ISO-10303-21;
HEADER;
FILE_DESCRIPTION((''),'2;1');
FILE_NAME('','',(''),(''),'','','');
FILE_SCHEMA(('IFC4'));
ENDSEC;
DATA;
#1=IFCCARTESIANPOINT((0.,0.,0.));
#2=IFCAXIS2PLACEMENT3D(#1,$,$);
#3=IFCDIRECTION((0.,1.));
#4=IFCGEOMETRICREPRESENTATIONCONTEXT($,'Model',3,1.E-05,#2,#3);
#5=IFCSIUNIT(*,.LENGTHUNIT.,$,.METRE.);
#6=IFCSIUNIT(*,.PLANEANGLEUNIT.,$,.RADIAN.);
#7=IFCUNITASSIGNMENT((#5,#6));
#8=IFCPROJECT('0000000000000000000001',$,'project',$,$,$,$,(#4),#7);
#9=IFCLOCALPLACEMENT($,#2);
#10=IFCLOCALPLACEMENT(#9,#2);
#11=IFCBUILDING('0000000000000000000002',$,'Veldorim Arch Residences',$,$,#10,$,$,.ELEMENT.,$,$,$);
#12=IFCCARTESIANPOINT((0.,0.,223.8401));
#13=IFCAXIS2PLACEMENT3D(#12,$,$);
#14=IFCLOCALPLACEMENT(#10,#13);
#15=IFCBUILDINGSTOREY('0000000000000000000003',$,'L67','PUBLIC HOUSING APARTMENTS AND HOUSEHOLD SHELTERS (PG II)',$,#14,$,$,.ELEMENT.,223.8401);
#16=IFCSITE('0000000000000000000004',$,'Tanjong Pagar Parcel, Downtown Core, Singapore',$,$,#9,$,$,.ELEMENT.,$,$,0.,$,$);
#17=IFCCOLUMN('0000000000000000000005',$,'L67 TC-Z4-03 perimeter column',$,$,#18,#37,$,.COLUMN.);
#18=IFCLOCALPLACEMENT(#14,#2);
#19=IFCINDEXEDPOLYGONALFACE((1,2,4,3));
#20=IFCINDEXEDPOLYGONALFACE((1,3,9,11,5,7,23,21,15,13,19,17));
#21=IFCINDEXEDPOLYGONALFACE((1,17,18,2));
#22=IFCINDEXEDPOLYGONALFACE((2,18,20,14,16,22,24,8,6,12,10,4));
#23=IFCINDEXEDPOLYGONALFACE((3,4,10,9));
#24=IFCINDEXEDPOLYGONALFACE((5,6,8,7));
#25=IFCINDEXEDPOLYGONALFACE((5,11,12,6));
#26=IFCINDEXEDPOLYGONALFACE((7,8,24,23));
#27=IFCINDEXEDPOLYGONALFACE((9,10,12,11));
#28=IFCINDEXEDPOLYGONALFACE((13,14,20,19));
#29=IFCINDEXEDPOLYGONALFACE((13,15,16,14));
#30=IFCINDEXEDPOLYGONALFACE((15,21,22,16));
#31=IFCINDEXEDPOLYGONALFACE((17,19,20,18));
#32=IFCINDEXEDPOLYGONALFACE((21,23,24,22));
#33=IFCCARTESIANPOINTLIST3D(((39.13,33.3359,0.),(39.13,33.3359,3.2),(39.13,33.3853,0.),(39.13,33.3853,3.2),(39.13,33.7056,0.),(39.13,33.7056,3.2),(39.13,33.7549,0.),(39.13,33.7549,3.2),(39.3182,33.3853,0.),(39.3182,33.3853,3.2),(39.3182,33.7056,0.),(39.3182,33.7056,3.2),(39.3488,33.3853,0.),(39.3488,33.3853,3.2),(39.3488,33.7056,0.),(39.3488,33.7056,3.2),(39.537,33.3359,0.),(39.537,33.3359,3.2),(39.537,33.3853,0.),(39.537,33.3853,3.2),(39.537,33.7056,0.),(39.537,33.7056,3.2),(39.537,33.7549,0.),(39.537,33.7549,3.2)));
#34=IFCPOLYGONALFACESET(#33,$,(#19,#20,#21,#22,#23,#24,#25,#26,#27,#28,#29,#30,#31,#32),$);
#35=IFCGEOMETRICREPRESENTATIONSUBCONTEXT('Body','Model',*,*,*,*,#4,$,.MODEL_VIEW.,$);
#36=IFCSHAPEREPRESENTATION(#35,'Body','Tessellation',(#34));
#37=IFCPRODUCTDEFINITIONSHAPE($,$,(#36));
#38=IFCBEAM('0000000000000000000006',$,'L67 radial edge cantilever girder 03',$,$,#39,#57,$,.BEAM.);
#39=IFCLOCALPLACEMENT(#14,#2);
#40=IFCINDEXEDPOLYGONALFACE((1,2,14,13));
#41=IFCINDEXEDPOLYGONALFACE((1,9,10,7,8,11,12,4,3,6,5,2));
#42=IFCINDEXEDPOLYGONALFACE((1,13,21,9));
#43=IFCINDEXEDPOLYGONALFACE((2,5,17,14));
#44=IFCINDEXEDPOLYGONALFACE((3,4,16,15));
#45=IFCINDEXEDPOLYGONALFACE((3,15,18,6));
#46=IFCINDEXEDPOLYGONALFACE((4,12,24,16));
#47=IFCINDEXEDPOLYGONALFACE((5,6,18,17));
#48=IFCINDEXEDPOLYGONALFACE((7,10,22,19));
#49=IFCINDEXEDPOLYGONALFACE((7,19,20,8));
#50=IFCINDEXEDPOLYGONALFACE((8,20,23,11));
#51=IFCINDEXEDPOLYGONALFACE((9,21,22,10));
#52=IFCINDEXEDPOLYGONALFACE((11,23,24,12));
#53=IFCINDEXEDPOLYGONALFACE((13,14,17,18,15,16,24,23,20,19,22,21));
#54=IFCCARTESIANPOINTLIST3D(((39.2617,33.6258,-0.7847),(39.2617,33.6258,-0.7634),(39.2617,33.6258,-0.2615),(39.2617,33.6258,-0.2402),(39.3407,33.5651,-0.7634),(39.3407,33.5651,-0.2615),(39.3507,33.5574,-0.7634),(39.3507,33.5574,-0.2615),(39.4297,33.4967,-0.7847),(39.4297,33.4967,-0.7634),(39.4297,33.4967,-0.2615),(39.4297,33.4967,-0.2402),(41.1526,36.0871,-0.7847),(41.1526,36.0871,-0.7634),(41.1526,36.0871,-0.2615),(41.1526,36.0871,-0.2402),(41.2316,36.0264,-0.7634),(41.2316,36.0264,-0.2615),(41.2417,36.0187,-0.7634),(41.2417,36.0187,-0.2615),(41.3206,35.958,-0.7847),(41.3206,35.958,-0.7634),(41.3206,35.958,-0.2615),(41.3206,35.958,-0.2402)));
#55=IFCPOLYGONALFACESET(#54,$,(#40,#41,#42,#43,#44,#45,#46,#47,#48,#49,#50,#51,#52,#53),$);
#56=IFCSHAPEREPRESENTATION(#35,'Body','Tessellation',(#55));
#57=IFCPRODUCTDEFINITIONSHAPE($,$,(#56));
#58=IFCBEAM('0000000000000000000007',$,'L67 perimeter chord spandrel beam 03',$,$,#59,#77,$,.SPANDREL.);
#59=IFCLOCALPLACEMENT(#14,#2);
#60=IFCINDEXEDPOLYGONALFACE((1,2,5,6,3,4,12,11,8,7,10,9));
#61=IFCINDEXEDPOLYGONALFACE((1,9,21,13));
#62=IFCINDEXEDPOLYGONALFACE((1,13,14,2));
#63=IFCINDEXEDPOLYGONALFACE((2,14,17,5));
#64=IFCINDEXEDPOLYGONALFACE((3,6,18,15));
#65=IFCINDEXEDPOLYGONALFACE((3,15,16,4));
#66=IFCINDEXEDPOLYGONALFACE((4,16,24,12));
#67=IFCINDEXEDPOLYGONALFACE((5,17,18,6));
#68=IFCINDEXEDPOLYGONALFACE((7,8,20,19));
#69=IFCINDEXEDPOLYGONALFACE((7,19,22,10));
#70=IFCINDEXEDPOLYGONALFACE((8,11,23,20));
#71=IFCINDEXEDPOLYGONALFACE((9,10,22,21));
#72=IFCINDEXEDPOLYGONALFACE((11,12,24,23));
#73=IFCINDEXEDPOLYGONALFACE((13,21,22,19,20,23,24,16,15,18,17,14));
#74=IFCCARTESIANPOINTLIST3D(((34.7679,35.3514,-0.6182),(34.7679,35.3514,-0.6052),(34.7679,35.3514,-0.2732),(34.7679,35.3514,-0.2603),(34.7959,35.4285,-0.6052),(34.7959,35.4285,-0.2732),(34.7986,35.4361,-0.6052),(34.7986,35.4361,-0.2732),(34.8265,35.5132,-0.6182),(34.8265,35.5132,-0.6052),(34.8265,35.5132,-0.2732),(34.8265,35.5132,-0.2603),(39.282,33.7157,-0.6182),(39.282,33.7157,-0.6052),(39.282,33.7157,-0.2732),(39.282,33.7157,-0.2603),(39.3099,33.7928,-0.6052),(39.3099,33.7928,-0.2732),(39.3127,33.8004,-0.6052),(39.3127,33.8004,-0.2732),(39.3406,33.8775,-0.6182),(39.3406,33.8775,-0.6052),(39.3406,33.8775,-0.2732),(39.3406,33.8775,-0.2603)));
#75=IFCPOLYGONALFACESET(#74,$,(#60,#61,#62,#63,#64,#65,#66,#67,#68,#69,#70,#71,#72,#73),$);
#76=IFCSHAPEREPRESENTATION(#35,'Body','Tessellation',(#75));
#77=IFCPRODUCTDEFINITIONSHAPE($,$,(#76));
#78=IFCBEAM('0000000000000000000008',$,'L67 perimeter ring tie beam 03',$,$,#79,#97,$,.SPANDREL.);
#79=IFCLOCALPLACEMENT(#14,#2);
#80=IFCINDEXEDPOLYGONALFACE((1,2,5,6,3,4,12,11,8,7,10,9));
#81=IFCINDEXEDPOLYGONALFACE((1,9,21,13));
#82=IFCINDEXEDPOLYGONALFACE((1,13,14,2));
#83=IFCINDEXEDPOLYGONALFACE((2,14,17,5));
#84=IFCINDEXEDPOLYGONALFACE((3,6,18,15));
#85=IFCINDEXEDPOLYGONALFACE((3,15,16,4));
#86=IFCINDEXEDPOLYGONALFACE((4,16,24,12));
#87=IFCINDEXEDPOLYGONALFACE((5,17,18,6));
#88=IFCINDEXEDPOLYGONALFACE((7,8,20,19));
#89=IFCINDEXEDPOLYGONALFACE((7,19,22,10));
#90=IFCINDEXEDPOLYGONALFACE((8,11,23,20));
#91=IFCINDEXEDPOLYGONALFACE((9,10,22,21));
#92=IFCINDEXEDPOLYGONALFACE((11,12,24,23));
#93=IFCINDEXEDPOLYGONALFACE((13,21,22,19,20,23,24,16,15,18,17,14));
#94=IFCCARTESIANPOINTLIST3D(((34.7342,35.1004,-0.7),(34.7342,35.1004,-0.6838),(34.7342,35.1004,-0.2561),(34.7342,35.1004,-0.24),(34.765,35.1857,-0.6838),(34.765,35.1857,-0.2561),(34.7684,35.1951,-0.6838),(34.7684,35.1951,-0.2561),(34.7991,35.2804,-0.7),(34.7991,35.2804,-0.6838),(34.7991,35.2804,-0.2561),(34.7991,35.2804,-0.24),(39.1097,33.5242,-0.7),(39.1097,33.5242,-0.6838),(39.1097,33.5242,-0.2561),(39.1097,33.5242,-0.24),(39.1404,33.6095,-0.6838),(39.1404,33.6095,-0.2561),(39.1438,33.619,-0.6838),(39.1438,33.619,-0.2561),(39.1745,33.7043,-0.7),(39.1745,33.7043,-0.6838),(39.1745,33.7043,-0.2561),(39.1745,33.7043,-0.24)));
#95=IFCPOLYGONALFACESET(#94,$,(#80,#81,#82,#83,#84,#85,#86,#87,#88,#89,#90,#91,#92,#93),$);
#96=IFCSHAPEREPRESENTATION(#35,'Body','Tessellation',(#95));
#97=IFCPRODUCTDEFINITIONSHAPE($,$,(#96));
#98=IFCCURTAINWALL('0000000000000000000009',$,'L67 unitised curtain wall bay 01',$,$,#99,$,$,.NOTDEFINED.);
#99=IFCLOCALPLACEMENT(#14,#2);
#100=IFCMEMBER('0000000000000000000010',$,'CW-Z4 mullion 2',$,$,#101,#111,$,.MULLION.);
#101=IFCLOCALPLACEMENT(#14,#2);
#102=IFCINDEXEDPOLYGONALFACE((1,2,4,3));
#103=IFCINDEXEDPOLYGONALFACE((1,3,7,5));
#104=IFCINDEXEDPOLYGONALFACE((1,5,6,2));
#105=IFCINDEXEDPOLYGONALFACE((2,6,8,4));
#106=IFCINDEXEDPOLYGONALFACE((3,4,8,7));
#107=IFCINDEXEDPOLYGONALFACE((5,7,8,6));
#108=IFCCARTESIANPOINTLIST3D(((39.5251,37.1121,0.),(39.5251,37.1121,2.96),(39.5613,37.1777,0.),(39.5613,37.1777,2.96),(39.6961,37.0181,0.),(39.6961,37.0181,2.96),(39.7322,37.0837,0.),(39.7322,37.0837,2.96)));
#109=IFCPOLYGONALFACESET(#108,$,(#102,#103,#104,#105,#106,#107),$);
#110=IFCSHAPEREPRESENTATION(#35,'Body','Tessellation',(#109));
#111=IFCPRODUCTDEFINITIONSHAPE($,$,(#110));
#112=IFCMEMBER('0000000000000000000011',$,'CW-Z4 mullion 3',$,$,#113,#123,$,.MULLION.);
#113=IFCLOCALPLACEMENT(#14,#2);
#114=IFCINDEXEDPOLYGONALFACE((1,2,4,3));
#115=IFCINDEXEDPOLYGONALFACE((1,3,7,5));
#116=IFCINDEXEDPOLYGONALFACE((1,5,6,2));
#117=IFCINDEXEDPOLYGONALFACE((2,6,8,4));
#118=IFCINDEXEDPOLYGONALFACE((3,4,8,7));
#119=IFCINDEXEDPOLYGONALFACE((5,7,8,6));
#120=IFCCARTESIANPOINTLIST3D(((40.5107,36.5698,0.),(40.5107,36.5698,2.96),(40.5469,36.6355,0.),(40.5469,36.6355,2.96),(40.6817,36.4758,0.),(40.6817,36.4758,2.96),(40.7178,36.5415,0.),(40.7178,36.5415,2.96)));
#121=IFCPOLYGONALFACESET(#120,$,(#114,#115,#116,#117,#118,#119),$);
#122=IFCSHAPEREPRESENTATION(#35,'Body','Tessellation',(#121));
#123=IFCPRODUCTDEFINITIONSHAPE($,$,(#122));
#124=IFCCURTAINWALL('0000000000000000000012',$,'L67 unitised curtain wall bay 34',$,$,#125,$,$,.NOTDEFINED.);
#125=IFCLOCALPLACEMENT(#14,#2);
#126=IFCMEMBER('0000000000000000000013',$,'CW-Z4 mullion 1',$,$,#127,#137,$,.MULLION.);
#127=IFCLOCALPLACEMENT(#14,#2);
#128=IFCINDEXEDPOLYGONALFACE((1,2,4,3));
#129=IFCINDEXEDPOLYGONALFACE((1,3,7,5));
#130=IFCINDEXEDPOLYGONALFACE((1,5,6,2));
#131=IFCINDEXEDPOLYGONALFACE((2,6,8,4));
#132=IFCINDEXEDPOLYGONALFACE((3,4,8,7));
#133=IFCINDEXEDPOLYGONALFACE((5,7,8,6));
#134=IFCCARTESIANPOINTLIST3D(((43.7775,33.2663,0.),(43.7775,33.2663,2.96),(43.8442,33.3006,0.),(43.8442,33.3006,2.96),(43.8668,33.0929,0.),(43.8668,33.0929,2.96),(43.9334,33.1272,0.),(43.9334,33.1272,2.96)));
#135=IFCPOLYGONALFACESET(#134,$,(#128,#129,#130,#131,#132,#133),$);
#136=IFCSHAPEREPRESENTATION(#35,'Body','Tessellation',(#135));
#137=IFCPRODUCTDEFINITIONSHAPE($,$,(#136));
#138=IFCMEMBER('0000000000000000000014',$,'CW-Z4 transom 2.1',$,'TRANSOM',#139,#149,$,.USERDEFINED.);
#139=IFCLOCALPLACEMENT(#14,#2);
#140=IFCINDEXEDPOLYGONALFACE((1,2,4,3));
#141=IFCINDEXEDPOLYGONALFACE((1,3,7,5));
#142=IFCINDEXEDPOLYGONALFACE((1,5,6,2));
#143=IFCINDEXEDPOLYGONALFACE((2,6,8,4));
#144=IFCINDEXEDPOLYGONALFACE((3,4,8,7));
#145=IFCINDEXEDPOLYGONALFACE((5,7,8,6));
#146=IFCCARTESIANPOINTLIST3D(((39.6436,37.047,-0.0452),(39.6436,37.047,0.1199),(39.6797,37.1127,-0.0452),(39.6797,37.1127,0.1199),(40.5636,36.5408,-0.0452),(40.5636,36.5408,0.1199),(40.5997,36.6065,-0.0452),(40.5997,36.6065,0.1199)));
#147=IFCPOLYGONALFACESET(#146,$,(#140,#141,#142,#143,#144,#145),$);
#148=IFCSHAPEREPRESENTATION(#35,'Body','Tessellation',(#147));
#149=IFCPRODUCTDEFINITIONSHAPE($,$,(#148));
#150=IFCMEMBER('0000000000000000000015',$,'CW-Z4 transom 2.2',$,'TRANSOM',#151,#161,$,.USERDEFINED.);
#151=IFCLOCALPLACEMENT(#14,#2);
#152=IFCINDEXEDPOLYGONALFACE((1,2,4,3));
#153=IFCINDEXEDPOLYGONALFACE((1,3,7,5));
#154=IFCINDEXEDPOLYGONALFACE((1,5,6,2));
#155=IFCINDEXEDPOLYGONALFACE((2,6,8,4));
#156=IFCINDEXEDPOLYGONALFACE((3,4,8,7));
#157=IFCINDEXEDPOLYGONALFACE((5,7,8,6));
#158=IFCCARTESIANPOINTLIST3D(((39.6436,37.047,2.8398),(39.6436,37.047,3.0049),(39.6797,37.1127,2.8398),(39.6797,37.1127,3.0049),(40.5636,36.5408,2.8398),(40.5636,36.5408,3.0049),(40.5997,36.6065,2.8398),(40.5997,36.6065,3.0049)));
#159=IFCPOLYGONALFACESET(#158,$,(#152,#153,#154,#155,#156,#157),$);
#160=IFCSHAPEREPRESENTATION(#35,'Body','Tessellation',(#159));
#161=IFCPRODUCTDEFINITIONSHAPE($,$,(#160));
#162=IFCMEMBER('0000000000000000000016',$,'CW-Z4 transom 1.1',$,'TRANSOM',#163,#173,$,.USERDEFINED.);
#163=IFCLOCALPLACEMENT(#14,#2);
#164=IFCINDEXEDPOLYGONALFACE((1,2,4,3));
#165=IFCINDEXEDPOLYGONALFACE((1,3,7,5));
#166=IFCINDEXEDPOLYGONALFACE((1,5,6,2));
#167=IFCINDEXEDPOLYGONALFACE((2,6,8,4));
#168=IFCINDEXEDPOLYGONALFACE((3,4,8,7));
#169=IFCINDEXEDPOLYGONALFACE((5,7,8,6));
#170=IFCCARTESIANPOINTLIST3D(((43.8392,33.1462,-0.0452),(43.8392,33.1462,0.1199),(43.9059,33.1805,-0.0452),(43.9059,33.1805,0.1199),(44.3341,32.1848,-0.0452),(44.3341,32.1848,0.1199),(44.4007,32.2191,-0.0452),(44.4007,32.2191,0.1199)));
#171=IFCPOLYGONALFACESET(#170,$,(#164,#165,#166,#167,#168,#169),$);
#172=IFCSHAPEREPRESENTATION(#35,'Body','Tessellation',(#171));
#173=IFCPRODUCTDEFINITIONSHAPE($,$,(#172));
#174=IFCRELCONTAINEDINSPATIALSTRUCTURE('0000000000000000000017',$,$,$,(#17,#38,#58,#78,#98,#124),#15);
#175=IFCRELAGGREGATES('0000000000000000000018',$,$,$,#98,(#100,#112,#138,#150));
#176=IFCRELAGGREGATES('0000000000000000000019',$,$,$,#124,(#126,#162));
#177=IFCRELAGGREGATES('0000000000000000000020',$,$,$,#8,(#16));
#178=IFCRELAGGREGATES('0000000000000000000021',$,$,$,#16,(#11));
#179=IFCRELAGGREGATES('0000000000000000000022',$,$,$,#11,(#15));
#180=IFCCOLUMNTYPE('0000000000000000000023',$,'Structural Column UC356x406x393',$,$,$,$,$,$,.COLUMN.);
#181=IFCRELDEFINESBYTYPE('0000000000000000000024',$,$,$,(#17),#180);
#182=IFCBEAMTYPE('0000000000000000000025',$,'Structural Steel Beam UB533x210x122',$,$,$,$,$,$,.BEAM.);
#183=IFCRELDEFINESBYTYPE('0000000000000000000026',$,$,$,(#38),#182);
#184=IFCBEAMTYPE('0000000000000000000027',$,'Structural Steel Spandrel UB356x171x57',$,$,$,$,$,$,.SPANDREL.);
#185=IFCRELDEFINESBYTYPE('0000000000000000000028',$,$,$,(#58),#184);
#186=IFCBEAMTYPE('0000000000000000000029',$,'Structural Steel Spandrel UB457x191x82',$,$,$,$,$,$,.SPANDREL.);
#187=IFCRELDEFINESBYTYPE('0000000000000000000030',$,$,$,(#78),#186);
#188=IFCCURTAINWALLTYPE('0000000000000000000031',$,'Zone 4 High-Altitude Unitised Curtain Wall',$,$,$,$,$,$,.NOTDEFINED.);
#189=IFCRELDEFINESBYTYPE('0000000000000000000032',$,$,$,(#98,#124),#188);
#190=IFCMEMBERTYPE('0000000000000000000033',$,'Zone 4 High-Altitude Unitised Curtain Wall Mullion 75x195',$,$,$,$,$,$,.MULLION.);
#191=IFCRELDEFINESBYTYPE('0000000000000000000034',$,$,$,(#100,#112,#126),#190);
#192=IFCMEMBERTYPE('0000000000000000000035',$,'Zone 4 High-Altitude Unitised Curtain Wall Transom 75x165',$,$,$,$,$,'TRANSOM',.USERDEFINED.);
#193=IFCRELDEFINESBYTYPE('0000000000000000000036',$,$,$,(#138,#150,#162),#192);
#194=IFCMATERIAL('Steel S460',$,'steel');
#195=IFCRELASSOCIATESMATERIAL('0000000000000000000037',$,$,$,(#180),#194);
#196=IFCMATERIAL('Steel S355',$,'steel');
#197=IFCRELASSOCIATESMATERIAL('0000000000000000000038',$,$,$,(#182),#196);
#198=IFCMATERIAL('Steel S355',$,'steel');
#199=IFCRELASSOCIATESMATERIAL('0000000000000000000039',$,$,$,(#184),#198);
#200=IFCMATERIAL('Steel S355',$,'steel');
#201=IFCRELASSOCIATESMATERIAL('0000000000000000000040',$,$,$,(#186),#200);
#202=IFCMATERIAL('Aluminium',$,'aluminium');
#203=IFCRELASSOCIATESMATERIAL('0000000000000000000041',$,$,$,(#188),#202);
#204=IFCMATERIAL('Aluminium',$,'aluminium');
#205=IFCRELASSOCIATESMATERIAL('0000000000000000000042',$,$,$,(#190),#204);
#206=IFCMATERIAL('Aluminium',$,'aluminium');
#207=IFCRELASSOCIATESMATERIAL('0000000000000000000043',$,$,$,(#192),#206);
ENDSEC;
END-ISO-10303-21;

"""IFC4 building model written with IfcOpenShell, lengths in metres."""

from ifc_helpers import new_model, si_unit, direction, frame, origin, origin_2d, place, context, subcontext, project, spatial, rectangle, i_section, extrude, material, material_profile, profile_set, type_object, element, aggregate, save


model = new_model("IFC4")

# Units and contexts
model_context = context("Model", 3, precision=1e-05, world=origin(), true_north=direction((0.0, 1.0)))
body_context = subcontext(model_context, "Body", "Model", "MODEL_VIEW")
ifc_project = project(units=[si_unit("LENGTHUNIT", "METRE"), si_unit("PLANEANGLEUNIT", "RADIAN")], contexts=[model_context])

# Site, building, storey
site_placement = place(None, origin())
site = spatial("IfcSite", under=ifc_project, at=site_placement, Name="Tanjong Pagar Parcel, Downtown Core, Singapore", CompositionType="ELEMENT", RefElevation=0.0)
building_placement = place(site_placement, origin())
building = spatial("IfcBuilding", under=site, at=building_placement, Name="Veldorim Arch Residences", CompositionType="ELEMENT")
storey_placement = place(building_placement, frame((0.0, 0.0, 223.8401)))
storey = spatial("IfcBuildingStorey", under=building, at=storey_placement, Name="L67", Description="PUBLIC HOUSING APARTMENTS AND HOUSEHOLD SHELTERS (PG II)", CompositionType="ELEMENT", Elevation=223.8401)

# Column
ifc_material_1 = material(Name="Steel S460", Category="steel")
ifc_material_profile_1 = material_profile(ifc_material_1, i_section(OverallWidth=0.407, OverallDepth=0.4189, WebThickness=0.0305, FlangeThickness=0.0493, at=origin_2d()), Name="UC356x406x393")
ifc_profile_set_1 = profile_set([ifc_material_profile_1], Name="Steel S460")
column_type = type_object("IfcColumnType", Name="Structural Column UC356x406x393", PredefinedType="COLUMN", material=ifc_profile_set_1)
column_placement = place(storey_placement, frame((39.3335, 33.5454, 0.0), z_axis=(0.0, 0.0, 1.0), x_axis=(1.0, 0.0, 0.0)))
element("IfcColumn", 1, at=column_placement, inside=storey, type_object=column_type, Name="L67 TC-Z4-03 perimeter column", PredefinedType="COLUMN", context=body_context, shape_type="SweptSolid", body=[
    extrude(i_section(OverallWidth=0.407, OverallDepth=0.4189, WebThickness=0.0305, FlangeThickness=0.0493, at=origin_2d()), origin(), (0.0, 0.0, 1.0), 3.2),
])

# Beams
ifc_material_2 = material(Name="Steel S355", Category="steel")
ifc_material_profile_2 = material_profile(ifc_material_2, i_section(OverallWidth=0.2119, OverallDepth=0.5444, WebThickness=0.0127, FlangeThickness=0.0212, at=origin_2d()), Name="UB533x210x122")
ifc_profile_set_2 = profile_set([ifc_material_profile_2], Name="Steel S355")
beam_type_1 = type_object("IfcBeamType", Name="Structural Steel Beam UB533x210x122", PredefinedType="BEAM", material=ifc_profile_set_2)
beam_1_placement = place(storey_placement, frame((39.3457, 33.5613, -0.5125), z_axis=(0.609235, 0.792989, 0.0), x_axis=(-0.792989, 0.609235, 0.0)))
element("IfcBeam", 2, at=beam_1_placement, inside=storey, type_object=beam_type_1, Name="L67 radial edge cantilever girder 03", PredefinedType="BEAM", context=body_context, shape_type="SweptSolid", body=[
    extrude(i_section(OverallWidth=0.2119, OverallDepth=0.5444, WebThickness=0.0127, FlangeThickness=0.0212, at=origin_2d()), origin(), (0.0, 0.0, 1.0), 3.1038),
])
ifc_material_3 = material(Name="Steel S355", Category="steel")
ifc_material_profile_3 = material_profile(ifc_material_3, i_section(OverallWidth=0.1721, OverallDepth=0.3579, WebThickness=0.0081, FlangeThickness=0.0129, at=origin_2d()), Name="UB356x171x57")
ifc_profile_set_3 = profile_set([ifc_material_profile_3], Name="Steel S355")
beam_type_2 = type_object("IfcBeamType", Name="Structural Steel Spandrel UB356x171x57", PredefinedType="SPANDREL", material=ifc_profile_set_3)
beam_2_placement = place(storey_placement, frame((39.3113, 33.7966, -0.4392), z_axis=(-0.940179, 0.340681, 0.0), x_axis=(-0.340681, -0.940179, 0.0)))
element("IfcBeam", 3, at=beam_2_placement, inside=storey, type_object=beam_type_2, Name="L67 perimeter chord spandrel beam 03", PredefinedType="SPANDREL", context=body_context, shape_type="SweptSolid", body=[
    extrude(i_section(OverallWidth=0.1721, OverallDepth=0.3579, WebThickness=0.0081, FlangeThickness=0.0129, at=origin_2d()), origin(), (0.0, 0.0, 1.0), 4.8013),
])
ifc_material_4 = material(Name="Steel S355", Category="steel")
ifc_material_profile_4 = material_profile(ifc_material_4, i_section(OverallWidth=0.1914, OverallDepth=0.46, WebThickness=0.01, FlangeThickness=0.0161, at=origin_2d()), Name="UB457x191x82")
ifc_profile_set_4 = profile_set([ifc_material_profile_4], Name="Steel S355")
beam_type_3 = type_object("IfcBeamType", Name="Structural Steel Spandrel UB457x191x82", PredefinedType="SPANDREL", material=ifc_profile_set_4)
beam_3_placement = place(storey_placement, frame((39.1421, 33.6143, -0.47), z_axis=(-0.940819, 0.338909, 0.0), x_axis=(-0.338909, -0.940819, 0.0)))
element("IfcBeam", 4, at=beam_3_placement, inside=storey, type_object=beam_type_3, Name="L67 perimeter ring tie beam 03", PredefinedType="SPANDREL", context=body_context, shape_type="SweptSolid", body=[
    extrude(i_section(OverallWidth=0.1914, OverallDepth=0.46, WebThickness=0.01, FlangeThickness=0.0161, at=origin_2d()), origin(), (0.0, 0.0, 1.0), 4.6506),
])

# Curtain wall, members
ifc_material_5 = material(Name="Aluminium", Category="aluminium")
curtain_wall_type = type_object("IfcCurtainWallType", Name="Zone 4 High-Altitude Unitised Curtain Wall", PredefinedType="NOTDEFINED", material=ifc_material_5)
curtain_wall_1_placement = place(storey_placement, origin())
curtain_wall_1 = element("IfcCurtainWall", 5, at=curtain_wall_1_placement, inside=storey, type_object=curtain_wall_type, Name="L67 unitised curtain wall bay 01", PredefinedType="NOTDEFINED")
ifc_material_6 = material(Name="Aluminium", Category="aluminium")
ifc_material_profile_5 = material_profile(ifc_material_6, rectangle(XDim=0.075, YDim=0.1951, at=origin_2d()), Name="ALU_MUL_75x195")
ifc_profile_set_5 = profile_set([ifc_material_profile_5], Name="Aluminium")
member_type_1 = type_object("IfcMemberType", Name="Zone 4 High-Altitude Unitised Curtain Wall Mullion 75x195", PredefinedType="MULLION", material=ifc_profile_set_5)
member_1_placement = place(storey_placement, frame((39.6287, 37.0979, 0.0), z_axis=(0.0, 0.0, 1.0), x_axis=(0.481953, 0.876197, 0.0)))
member_1 = element("IfcMember", 6, at=member_1_placement, type_object=member_type_1, Name="CW-Z4 mullion 2", PredefinedType="MULLION", context=body_context, shape_type="SweptSolid", body=[
    extrude(rectangle(XDim=0.075, YDim=0.1951, at=origin_2d()), origin(), (0.0, 0.0, 1.0), 2.96),
])
member_2_placement = place(storey_placement, frame((40.6143, 36.5557, 0.0), z_axis=(0.0, 0.0, 1.0), x_axis=(0.481953, 0.876197, 0.0)))
member_2 = element("IfcMember", 7, at=member_2_placement, type_object=member_type_1, Name="CW-Z4 mullion 3", PredefinedType="MULLION", context=body_context, shape_type="SweptSolid", body=[
    extrude(rectangle(XDim=0.075, YDim=0.1951, at=origin_2d()), origin(), (0.0, 0.0, 1.0), 2.96),
])

# Curtain wall, member
curtain_wall_2_placement = place(storey_placement, origin())
curtain_wall_2 = element("IfcCurtainWall", 8, at=curtain_wall_2_placement, inside=storey, type_object=curtain_wall_type, Name="L67 unitised curtain wall bay 34", PredefinedType="NOTDEFINED")
member_3_placement = place(storey_placement, frame((43.8555, 33.1968, 0.0), z_axis=(0.0, 0.0, 1.0), x_axis=(0.889131, 0.457653, 0.0)))
member_3 = element("IfcMember", 9, at=member_3_placement, type_object=member_type_1, Name="CW-Z4 mullion 1", PredefinedType="MULLION", context=body_context, shape_type="SweptSolid", body=[
    extrude(rectangle(XDim=0.075, YDim=0.1951, at=origin_2d()), origin(), (0.0, 0.0, 1.0), 2.96),
])

# Members
ifc_material_7 = material(Name="Aluminium", Category="aluminium")
ifc_material_profile_6 = material_profile(ifc_material_7, rectangle(XDim=0.075, YDim=0.165, at=origin_2d()), Name="ALU_TRN_75x165")
ifc_profile_set_6 = profile_set([ifc_material_profile_6], Name="Aluminium")
member_type_2 = type_object("IfcMemberType", Name="Zone 4 High-Altitude Unitised Curtain Wall Transom 75x165", ElementType="TRANSOM", PredefinedType="USERDEFINED", material=ifc_profile_set_6)
member_4_placement = place(storey_placement, frame((39.6616, 37.0798, 0.0374), z_axis=(0.876157, -0.482026, 0.0), x_axis=(0.482026, 0.876157, 0.0)))
member_4 = element("IfcMember", 10, at=member_4_placement, type_object=member_type_2, Name="CW-Z4 transom 2.1", ObjectType="TRANSOM", PredefinedType="USERDEFINED", context=body_context, shape_type="SweptSolid", body=[
    extrude(rectangle(XDim=0.075, YDim=0.165, at=origin_2d()), origin(), (0.0, 0.0, 1.0), 1.05),
])
member_5_placement = place(storey_placement, frame((39.6616, 37.0798, 2.9224), z_axis=(0.876157, -0.482026, 0.0), x_axis=(0.482026, 0.876157, 0.0)))
member_5 = element("IfcMember", 11, at=member_5_placement, type_object=member_type_2, Name="CW-Z4 transom 2.2", ObjectType="TRANSOM", PredefinedType="USERDEFINED", context=body_context, shape_type="SweptSolid", body=[
    extrude(rectangle(XDim=0.075, YDim=0.165, at=origin_2d()), origin(), (0.0, 0.0, 1.0), 1.05),
])
member_6_placement = place(storey_placement, frame((43.8726, 33.1633, 0.0374), z_axis=(0.457659, -0.889128, 0.0), x_axis=(0.889128, 0.457659, 0.0)))
member_6 = element("IfcMember", 12, at=member_6_placement, type_object=member_type_2, Name="CW-Z4 transom 1.1", ObjectType="TRANSOM", PredefinedType="USERDEFINED", context=body_context, shape_type="SweptSolid", body=[
    extrude(rectangle(XDim=0.075, YDim=0.165, at=origin_2d()), origin(), (0.0, 0.0, 1.0), 1.0813),
])

aggregate(curtain_wall_1, [member_1, member_2, member_4, member_5])
aggregate(curtain_wall_2, [member_3, member_6])

save(model, "model.ifc")
